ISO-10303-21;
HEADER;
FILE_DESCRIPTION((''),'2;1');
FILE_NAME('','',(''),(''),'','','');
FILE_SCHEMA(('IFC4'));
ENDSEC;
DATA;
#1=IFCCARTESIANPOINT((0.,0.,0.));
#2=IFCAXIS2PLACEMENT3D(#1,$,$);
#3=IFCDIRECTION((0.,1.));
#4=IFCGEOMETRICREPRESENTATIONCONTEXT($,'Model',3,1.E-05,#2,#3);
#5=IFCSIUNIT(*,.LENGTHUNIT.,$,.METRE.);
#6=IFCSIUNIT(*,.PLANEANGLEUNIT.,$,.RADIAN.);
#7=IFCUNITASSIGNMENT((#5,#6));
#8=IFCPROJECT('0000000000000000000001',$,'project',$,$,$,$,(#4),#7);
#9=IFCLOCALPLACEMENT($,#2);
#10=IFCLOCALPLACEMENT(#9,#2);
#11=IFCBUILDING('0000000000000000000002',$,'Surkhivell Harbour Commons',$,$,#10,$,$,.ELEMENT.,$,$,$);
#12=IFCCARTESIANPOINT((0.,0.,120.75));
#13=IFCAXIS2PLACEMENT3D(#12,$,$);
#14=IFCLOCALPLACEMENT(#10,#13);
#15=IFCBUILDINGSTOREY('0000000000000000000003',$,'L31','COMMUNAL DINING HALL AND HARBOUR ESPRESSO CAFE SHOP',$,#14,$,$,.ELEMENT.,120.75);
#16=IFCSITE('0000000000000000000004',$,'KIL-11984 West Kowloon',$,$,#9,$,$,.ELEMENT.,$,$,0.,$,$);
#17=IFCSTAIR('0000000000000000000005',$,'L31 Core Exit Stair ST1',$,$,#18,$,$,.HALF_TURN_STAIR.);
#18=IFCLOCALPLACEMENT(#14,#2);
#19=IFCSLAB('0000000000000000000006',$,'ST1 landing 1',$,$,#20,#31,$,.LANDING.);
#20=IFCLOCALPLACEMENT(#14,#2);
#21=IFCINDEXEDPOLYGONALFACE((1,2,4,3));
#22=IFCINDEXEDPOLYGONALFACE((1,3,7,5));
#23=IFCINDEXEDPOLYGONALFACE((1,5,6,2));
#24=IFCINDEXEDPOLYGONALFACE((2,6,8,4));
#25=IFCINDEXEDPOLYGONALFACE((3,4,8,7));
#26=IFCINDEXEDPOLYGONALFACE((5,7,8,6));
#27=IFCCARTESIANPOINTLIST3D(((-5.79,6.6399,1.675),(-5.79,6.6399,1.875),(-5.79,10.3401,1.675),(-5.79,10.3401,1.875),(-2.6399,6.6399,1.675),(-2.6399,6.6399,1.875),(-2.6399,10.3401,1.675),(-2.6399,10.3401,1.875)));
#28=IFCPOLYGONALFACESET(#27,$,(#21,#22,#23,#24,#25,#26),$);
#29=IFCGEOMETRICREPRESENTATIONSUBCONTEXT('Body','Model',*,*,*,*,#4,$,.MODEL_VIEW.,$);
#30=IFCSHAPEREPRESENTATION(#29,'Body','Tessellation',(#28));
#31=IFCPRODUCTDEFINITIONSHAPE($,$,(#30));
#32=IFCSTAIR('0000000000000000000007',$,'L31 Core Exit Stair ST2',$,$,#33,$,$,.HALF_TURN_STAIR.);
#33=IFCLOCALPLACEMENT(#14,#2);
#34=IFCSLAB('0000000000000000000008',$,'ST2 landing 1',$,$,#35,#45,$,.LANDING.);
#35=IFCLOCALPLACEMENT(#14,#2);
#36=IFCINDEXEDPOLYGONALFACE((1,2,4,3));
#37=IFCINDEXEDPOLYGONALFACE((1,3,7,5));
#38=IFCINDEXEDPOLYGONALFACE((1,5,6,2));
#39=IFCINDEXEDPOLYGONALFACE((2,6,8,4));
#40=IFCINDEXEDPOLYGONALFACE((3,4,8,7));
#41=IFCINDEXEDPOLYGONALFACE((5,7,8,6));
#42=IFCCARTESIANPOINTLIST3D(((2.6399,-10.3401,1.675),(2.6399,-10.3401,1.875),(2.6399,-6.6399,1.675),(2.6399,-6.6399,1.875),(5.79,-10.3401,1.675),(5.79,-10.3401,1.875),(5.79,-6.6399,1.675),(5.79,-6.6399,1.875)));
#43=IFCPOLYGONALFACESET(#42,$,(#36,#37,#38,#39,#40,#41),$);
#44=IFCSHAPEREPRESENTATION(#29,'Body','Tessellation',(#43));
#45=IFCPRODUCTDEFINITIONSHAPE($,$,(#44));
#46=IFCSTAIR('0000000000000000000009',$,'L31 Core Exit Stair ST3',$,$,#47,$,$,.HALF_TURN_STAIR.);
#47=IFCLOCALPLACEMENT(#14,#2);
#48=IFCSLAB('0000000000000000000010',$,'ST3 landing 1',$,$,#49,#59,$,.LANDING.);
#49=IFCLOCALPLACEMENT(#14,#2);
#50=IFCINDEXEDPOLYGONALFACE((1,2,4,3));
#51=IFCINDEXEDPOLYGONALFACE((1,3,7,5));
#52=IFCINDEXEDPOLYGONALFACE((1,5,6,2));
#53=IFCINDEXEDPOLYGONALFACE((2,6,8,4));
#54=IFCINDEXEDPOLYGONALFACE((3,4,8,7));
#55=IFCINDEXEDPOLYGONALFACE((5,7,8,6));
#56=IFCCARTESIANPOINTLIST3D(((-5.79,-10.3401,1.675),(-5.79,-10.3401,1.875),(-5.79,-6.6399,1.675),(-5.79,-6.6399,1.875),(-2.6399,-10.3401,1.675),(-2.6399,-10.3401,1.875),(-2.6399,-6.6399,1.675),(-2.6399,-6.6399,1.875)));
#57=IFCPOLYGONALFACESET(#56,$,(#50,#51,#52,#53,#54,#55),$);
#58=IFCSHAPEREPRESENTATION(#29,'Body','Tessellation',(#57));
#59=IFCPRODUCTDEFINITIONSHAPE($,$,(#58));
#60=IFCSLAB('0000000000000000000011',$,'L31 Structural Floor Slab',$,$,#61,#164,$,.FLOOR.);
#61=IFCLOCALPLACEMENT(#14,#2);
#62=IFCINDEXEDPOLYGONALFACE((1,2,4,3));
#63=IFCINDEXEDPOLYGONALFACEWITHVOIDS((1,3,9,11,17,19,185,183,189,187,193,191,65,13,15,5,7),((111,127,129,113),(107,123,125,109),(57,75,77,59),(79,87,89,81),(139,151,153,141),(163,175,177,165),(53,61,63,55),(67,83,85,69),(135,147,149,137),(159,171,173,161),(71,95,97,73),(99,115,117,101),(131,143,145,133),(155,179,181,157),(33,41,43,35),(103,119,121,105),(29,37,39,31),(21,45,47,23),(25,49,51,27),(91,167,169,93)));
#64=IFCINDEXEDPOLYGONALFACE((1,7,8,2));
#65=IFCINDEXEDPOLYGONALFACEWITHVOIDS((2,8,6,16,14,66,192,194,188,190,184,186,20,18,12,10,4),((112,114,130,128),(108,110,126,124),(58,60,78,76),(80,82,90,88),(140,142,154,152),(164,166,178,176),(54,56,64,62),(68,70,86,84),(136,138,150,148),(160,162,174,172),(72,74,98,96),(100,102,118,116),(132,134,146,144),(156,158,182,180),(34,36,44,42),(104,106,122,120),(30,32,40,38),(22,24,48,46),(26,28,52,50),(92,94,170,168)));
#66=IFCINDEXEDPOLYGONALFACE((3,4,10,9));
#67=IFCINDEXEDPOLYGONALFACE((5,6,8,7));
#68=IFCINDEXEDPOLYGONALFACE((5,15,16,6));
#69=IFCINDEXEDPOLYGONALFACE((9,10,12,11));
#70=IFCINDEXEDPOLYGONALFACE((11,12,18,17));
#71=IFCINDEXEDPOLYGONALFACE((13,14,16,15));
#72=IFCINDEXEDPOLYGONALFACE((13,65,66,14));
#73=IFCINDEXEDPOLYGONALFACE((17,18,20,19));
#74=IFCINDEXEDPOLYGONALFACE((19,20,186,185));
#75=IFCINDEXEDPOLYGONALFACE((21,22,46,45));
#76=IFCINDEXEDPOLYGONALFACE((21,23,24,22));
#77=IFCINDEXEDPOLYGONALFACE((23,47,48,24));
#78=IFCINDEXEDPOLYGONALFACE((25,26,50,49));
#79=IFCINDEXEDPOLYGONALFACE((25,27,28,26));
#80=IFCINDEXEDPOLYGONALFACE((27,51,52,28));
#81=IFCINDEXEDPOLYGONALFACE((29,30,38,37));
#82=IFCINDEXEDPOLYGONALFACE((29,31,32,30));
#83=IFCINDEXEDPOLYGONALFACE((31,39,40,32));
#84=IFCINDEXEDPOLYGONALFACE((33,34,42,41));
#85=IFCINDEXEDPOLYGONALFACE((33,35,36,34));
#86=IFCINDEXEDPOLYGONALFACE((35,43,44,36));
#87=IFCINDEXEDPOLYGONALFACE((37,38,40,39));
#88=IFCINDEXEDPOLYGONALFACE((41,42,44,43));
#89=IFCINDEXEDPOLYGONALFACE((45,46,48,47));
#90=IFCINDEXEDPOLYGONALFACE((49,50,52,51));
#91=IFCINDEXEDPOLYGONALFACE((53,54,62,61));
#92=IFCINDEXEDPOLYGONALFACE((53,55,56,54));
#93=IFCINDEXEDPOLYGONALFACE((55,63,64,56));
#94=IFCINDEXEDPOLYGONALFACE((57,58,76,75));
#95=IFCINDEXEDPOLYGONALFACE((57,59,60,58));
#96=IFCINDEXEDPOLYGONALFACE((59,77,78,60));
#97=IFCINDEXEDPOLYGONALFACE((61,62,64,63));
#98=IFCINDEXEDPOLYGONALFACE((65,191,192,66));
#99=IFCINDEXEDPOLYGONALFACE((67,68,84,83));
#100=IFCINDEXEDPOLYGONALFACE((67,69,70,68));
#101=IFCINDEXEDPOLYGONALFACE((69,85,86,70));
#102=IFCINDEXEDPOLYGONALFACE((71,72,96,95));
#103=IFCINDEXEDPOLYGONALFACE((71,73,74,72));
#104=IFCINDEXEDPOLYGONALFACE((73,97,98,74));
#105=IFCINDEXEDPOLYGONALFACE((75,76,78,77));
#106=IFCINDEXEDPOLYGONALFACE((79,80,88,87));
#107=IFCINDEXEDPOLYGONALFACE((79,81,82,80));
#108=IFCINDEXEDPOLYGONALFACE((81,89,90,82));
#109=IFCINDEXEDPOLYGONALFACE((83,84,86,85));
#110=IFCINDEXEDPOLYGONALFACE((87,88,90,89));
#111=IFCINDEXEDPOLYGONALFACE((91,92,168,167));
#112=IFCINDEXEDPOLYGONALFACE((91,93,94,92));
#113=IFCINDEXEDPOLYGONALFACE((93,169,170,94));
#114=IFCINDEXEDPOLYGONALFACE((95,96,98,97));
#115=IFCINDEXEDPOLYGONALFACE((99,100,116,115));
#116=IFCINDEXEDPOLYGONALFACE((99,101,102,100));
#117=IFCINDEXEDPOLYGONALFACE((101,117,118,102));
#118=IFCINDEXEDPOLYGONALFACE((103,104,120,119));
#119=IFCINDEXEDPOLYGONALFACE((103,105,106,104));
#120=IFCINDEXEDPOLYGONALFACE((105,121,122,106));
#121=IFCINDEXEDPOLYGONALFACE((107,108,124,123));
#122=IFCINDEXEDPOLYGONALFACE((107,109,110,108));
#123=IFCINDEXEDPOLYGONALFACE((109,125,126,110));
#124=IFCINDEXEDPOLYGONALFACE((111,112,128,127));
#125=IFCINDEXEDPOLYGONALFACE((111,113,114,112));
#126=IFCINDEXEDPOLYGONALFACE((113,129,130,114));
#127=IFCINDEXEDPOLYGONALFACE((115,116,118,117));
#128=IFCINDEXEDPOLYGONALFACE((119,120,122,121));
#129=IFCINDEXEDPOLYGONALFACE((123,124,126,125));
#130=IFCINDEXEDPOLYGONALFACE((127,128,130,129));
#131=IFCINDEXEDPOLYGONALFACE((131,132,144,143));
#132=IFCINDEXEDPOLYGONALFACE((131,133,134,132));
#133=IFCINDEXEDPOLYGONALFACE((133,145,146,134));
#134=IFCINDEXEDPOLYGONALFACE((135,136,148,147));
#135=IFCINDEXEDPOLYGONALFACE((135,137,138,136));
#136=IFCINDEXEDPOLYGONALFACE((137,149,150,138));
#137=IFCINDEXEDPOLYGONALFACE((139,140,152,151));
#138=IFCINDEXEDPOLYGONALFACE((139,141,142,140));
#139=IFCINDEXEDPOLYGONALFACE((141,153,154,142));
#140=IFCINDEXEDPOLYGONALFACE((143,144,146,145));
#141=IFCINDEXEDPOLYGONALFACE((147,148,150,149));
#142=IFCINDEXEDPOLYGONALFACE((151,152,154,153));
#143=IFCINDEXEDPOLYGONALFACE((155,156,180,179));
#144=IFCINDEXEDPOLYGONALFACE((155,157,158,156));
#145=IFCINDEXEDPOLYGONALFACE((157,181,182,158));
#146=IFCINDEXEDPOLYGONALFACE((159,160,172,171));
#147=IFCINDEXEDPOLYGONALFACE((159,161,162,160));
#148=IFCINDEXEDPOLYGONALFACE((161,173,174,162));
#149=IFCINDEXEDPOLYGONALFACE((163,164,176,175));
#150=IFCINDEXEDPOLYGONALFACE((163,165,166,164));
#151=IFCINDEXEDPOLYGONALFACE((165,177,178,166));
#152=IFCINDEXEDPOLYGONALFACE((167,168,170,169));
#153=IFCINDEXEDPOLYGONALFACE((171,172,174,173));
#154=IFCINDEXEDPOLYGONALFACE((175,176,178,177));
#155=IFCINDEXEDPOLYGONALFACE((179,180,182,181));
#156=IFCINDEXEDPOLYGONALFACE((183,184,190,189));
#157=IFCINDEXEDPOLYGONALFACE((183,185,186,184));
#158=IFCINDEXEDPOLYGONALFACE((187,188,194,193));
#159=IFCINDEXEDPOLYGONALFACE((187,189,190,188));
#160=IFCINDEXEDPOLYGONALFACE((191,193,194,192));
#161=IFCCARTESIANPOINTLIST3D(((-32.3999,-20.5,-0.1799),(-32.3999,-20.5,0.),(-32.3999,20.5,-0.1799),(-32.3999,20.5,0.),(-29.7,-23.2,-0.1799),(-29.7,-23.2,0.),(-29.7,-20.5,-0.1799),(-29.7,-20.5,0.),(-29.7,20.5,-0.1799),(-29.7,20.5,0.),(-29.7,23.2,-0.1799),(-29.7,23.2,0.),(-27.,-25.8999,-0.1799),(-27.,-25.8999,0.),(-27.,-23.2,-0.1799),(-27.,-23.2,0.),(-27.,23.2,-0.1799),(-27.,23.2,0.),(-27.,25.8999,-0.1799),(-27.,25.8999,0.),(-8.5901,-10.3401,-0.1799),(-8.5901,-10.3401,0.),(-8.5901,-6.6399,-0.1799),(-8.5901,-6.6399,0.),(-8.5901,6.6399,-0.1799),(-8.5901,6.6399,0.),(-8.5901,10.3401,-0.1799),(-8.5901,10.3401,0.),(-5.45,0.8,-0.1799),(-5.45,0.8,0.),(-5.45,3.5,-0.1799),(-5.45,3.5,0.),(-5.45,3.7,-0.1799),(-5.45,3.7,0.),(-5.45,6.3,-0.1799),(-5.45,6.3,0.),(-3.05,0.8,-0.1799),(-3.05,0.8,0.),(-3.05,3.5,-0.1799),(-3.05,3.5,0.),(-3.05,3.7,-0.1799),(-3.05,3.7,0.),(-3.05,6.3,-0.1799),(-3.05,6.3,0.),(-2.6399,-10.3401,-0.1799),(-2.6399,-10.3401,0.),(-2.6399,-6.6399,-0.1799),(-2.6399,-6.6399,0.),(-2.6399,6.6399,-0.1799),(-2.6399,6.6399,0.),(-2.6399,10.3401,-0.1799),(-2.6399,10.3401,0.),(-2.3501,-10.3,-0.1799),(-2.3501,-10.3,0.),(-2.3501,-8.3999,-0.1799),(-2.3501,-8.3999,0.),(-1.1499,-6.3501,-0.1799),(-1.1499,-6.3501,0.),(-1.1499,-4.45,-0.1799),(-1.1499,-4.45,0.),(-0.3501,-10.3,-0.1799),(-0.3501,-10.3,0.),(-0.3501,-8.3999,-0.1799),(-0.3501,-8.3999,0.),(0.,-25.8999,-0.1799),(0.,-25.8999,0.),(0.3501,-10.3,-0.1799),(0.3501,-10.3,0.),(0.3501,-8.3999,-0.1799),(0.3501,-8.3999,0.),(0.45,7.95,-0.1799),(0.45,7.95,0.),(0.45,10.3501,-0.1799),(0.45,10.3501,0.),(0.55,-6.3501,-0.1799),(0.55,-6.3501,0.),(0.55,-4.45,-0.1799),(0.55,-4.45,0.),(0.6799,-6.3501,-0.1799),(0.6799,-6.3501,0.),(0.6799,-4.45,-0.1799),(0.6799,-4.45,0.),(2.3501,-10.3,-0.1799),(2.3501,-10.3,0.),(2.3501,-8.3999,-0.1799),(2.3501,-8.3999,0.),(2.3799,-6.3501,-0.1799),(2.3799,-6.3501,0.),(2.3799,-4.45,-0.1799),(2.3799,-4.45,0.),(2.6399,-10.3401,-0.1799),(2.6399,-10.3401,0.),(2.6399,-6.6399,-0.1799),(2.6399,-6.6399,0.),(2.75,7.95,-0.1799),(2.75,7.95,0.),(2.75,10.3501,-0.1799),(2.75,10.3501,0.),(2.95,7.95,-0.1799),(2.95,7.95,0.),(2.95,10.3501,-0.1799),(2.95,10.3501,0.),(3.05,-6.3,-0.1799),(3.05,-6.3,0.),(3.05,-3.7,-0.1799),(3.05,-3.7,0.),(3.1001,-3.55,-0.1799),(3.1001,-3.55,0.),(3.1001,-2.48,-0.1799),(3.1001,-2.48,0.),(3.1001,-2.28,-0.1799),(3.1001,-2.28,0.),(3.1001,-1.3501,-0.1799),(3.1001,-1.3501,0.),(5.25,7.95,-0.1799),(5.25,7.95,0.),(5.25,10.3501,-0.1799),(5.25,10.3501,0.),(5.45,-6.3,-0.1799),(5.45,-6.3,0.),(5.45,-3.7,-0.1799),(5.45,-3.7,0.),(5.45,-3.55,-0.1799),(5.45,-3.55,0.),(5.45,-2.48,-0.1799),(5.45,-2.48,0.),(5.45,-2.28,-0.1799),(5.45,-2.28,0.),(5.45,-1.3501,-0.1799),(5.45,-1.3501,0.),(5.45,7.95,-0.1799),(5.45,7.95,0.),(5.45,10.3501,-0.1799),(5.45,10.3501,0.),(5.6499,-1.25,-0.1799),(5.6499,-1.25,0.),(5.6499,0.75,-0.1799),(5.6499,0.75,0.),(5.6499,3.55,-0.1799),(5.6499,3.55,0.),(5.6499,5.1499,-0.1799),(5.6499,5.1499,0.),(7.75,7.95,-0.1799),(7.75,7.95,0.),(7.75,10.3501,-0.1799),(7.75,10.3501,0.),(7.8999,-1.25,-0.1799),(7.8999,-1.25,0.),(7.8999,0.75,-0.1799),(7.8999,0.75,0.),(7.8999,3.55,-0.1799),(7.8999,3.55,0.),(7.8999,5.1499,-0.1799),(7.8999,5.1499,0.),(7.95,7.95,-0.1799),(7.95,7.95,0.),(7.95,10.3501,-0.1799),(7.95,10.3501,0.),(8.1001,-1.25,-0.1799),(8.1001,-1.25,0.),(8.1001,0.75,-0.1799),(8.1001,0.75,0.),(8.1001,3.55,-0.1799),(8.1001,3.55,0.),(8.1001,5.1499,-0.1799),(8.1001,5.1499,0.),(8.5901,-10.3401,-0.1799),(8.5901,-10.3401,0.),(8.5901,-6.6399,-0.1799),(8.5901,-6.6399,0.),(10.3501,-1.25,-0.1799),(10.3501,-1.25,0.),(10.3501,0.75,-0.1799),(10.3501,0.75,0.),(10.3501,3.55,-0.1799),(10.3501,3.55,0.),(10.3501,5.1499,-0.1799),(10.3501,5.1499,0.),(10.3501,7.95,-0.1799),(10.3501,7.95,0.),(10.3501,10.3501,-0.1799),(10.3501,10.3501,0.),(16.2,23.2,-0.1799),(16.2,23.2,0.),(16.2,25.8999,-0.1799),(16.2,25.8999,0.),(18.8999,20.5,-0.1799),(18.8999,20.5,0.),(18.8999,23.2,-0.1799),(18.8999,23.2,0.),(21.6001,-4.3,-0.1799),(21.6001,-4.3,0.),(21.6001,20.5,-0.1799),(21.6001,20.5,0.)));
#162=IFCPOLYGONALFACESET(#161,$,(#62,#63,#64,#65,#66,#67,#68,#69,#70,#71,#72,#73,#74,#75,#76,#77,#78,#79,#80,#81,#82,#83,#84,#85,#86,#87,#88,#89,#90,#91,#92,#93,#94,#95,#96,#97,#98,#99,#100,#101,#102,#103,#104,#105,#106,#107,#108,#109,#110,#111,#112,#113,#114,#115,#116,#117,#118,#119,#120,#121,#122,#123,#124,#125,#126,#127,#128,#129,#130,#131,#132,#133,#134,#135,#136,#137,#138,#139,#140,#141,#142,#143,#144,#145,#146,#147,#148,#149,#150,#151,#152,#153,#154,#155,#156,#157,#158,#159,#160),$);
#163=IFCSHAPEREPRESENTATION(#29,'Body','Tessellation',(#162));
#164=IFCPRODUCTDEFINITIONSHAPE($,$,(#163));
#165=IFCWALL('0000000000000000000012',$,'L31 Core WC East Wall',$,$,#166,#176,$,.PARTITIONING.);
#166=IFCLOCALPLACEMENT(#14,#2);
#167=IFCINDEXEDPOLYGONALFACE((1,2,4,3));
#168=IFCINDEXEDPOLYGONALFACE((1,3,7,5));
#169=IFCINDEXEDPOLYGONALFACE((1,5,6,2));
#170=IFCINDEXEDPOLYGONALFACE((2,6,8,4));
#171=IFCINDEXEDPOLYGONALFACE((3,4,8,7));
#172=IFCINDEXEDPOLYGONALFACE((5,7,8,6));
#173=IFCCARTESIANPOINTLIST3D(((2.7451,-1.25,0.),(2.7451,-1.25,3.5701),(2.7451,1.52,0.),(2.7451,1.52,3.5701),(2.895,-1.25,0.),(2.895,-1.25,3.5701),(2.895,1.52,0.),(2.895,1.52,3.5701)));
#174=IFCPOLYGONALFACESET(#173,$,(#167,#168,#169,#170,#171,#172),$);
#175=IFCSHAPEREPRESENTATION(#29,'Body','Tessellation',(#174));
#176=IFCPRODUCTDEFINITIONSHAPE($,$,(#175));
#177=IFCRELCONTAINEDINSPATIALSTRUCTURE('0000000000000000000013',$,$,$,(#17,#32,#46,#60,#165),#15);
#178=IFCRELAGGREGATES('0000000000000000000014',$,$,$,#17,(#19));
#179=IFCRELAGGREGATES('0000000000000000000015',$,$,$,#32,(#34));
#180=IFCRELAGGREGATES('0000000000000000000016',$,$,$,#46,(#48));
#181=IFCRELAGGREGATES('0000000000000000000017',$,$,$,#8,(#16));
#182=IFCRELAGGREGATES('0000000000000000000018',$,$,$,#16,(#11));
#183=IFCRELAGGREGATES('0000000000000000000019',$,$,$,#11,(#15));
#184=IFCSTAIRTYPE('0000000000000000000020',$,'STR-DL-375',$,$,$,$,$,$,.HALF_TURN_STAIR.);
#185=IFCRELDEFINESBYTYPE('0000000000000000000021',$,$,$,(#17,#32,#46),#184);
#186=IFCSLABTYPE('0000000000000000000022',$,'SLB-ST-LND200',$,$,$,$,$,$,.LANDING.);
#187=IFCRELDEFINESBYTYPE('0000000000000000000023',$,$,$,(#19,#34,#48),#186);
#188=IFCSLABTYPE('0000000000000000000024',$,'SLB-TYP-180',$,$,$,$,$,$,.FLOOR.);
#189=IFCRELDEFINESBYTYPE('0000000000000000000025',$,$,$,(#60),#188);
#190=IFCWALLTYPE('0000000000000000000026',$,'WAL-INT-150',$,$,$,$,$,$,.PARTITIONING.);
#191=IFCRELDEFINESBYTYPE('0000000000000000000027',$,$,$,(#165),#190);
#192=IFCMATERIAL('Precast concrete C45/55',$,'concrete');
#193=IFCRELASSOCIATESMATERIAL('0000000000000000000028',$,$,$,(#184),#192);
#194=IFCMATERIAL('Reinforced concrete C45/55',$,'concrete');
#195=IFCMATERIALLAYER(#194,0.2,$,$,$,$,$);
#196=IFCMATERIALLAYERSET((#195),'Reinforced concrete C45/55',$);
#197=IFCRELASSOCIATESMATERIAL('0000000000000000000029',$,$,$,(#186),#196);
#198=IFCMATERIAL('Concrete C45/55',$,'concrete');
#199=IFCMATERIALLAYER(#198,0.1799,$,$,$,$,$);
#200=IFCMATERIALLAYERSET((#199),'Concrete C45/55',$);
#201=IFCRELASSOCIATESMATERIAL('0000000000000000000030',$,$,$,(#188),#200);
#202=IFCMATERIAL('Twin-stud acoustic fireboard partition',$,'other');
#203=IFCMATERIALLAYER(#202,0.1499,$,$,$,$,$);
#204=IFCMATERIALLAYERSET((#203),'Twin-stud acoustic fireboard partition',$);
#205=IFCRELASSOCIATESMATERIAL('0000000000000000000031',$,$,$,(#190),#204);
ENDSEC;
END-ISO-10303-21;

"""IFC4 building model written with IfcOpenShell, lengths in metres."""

from ifc_helpers import new_model, si_unit, direction, frame, frame_2d, origin, place, context, subcontext, project, spatial, polyline, rectangle, outline, extrude, material, layer, layer_set, type_object, element, aggregate, save


model = new_model("IFC4")

# Units and contexts
model_context = context("Model", 3, precision=1e-05, world=origin(), true_north=direction((0.0, 1.0)))
body_context = subcontext(model_context, "Body", "Model", "MODEL_VIEW")
ifc_project = project(units=[si_unit("LENGTHUNIT", "METRE"), si_unit("PLANEANGLEUNIT", "RADIAN")], contexts=[model_context])

# Site, building, storey
site_placement = place(None, origin())
site = spatial("IfcSite", under=ifc_project, at=site_placement, Name="KIL-11984 West Kowloon", CompositionType="ELEMENT", RefElevation=0.0)
building_placement = place(site_placement, origin())
building = spatial("IfcBuilding", under=site, at=building_placement, Name="Surkhivell Harbour Commons", CompositionType="ELEMENT")
storey_placement = place(building_placement, frame((0.0, 0.0, 120.75)))
storey = spatial("IfcBuildingStorey", under=building, at=storey_placement, Name="L31", Description="COMMUNAL DINING HALL AND HARBOUR ESPRESSO CAFE SHOP", CompositionType="ELEMENT", Elevation=120.75)

# Stairs, slabs
ifc_material_1 = material(Name="Precast concrete C45/55", Category="concrete")
stair_type = type_object("IfcStairType", Name="STR-DL-375", PredefinedType="HALF_TURN_STAIR", material=ifc_material_1)
stair_1_placement = place(storey_placement, origin())
stair_1 = element("IfcStair", 1, at=stair_1_placement, inside=storey, type_object=stair_type, Name="L31 Core Exit Stair ST1", PredefinedType="HALF_TURN_STAIR")
ifc_material_2 = material(Name="Reinforced concrete C45/55", Category="concrete")
ifc_layer_1 = layer(ifc_material_2, 0.2)
ifc_layer_set_1 = layer_set([ifc_layer_1], Name="Reinforced concrete C45/55")
slab_type_1 = type_object("IfcSlabType", Name="SLB-ST-LND200", PredefinedType="LANDING", material=ifc_layer_set_1)
slab_1_placement = place(storey_placement, frame((0.0, 0.0, 1.675)))
slab_1 = element("IfcSlab", 2, at=slab_1_placement, type_object=slab_type_1, Name="ST1 landing 1", PredefinedType="LANDING", context=body_context, shape_type="SweptSolid", body=[
    extrude(outline(polyline([(-5.79, 6.6399), (-2.6399, 6.6399), (-2.6399, 10.3401), (-5.79, 10.3401), (-5.79, 6.6399)])), origin(), (0.0, 0.0, 1.0), 0.2),
])
aggregate(stair_1, [slab_1])
stair_2_placement = place(storey_placement, origin())
stair_2 = element("IfcStair", 3, at=stair_2_placement, inside=storey, type_object=stair_type, Name="L31 Core Exit Stair ST2", PredefinedType="HALF_TURN_STAIR")
slab_2_placement = place(storey_placement, frame((0.0, 0.0, 1.675)))
slab_2 = element("IfcSlab", 4, at=slab_2_placement, type_object=slab_type_1, Name="ST2 landing 1", PredefinedType="LANDING", context=body_context, shape_type="SweptSolid", body=[
    extrude(outline(polyline([(5.79, -6.6399), (2.6399, -6.6399), (2.6399, -10.3401), (5.79, -10.3401), (5.79, -6.6399)])), origin(), (0.0, 0.0, 1.0), 0.2),
])
aggregate(stair_2, [slab_2])
stair_3_placement = place(storey_placement, origin())
stair_3 = element("IfcStair", 5, at=stair_3_placement, inside=storey, type_object=stair_type, Name="L31 Core Exit Stair ST3", PredefinedType="HALF_TURN_STAIR")
slab_3_placement = place(storey_placement, frame((0.0, 0.0, 1.675)))
slab_3 = element("IfcSlab", 6, at=slab_3_placement, type_object=slab_type_1, Name="ST3 landing 1", PredefinedType="LANDING", context=body_context, shape_type="SweptSolid", body=[
    extrude(outline(polyline([(-5.79, -10.3401), (-2.6399, -10.3401), (-2.6399, -6.6399), (-5.79, -6.6399), (-5.79, -10.3401)])), origin(), (0.0, 0.0, 1.0), 0.2),
])
aggregate(stair_3, [slab_3])

# Slab
ifc_material_3 = material(Name="Concrete C45/55", Category="concrete")
ifc_layer_2 = layer(ifc_material_3, 0.1799)
ifc_layer_set_2 = layer_set([ifc_layer_2], Name="Concrete C45/55")
slab_type_2 = type_object("IfcSlabType", Name="SLB-TYP-180", PredefinedType="FLOOR", material=ifc_layer_set_2)
slab_4_placement = place(storey_placement, frame((0.0, 0.0, -0.1799)))
element("IfcSlab", 7, at=slab_4_placement, inside=storey, type_object=slab_type_2, Name="L31 Structural Floor Slab", PredefinedType="FLOOR", context=body_context, shape_type="SweptSolid", body=[
    extrude(outline(polyline([(-27.0, -25.8999), (0.0, -25.8999), (21.6001, -4.3), (21.6001, 20.5), (18.8999, 20.5), (18.8999, 23.2), (16.2, 23.2), (16.2, 25.8999), (-27.0, 25.8999), (-27.0, 23.2), (-29.7, 23.2), (-29.7, 20.5), (-32.3999, 20.5), (-32.3999, -20.5), (-29.7, -20.5), (-29.7, -23.2), (-27.0, -23.2), (-27.0, -25.8999)]), holes=[polyline([(-8.5901, 6.6399), (-2.6399, 6.6399), (-2.6399, 10.3401), (-8.5901, 10.3401), (-8.5901, 6.6399)]), polyline([(8.5901, -6.6399), (2.6399, -6.6399), (2.6399, -10.3401), (8.5901, -10.3401), (8.5901, -6.6399)]), polyline([(-8.5901, -10.3401), (-2.6399, -10.3401), (-2.6399, -6.6399), (-8.5901, -6.6399), (-8.5901, -10.3401)]), polyline([(0.45, 7.95), (2.75, 7.95), (2.75, 10.3501), (0.45, 10.3501), (0.45, 7.95)]), polyline([(2.95, 7.95), (5.25, 7.95), (5.25, 10.3501), (2.95, 10.3501), (2.95, 7.95)]), polyline([(5.45, 7.95), (7.75, 7.95), (7.75, 10.3501), (5.45, 10.3501), (5.45, 7.95)]), polyline([(7.95, 7.95), (10.3501, 7.95), (10.3501, 10.3501), (7.95, 10.3501), (7.95, 7.95)]), polyline([(5.6499, 3.55), (7.8999, 3.55), (7.8999, 5.1499), (5.6499, 5.1499), (5.6499, 3.55)]), polyline([(8.1001, 3.55), (10.3501, 3.55), (10.3501, 5.1499), (8.1001, 5.1499), (8.1001, 3.55)]), polyline([(5.6499, -1.25), (7.8999, -1.25), (7.8999, 0.75), (5.6499, 0.75), (5.6499, -1.25)]), polyline([(8.1001, -1.25), (10.3501, -1.25), (10.3501, 0.75), (8.1001, 0.75), (8.1001, -1.25)]), polyline([(-1.1499, -6.3501), (0.55, -6.3501), (0.55, -4.45), (-1.1499, -4.45), (-1.1499, -6.3501)]), polyline([(0.6799, -6.3501), (2.3799, -6.3501), (2.3799, -4.45), (0.6799, -4.45), (0.6799, -6.3501)]), polyline([(-2.3501, -10.3), (-0.3501, -10.3), (-0.3501, -8.3999), (-2.3501, -8.3999), (-2.3501, -10.3)]), polyline([(0.3501, -10.3), (2.3501, -10.3), (2.3501, -8.3999), (0.3501, -8.3999), (0.3501, -10.3)]), polyline([(-5.45, 3.7), (-3.05, 3.7), (-3.05, 6.3), (-5.45, 6.3), (-5.45, 3.7)]), polyline([(3.05, -6.3), (5.45, -6.3), (5.45, -3.7), (3.05, -3.7), (3.05, -6.3)]), polyline([(-5.45, 0.8), (-3.05, 0.8), (-3.05, 3.5), (-5.45, 3.5), (-5.45, 0.8)]), polyline([(3.1001, -3.55), (5.45, -3.55), (5.45, -2.48), (3.1001, -2.48), (3.1001, -3.55)]), polyline([(3.1001, -2.28), (5.45, -2.28), (5.45, -1.3501), (3.1001, -1.3501), (3.1001, -2.28)])]), origin(), (0.0, 0.0, 1.0), 0.1799),
])

# Wall
ifc_material_4 = material(Name="Twin-stud acoustic fireboard partition", Category="other")
ifc_layer_3 = layer(ifc_material_4, 0.1499)
ifc_layer_set_3 = layer_set([ifc_layer_3], Name="Twin-stud acoustic fireboard partition")
wall_type_1 = type_object("IfcWallType", Name="WAL-INT-150", PredefinedType="PARTITIONING", material=ifc_layer_set_3)
wall_1_placement = place(storey_placement, frame((2.8201, -1.25, 0.0), z_axis=(0.0, 0.0, 1.0), x_axis=(0.0, 1.0, 0.0)))
element("IfcWall", 8, at=wall_1_placement, inside=storey, type_object=wall_type_1, Name="L31 Core WC East Wall", PredefinedType="PARTITIONING", context=body_context, shape_type="SweptSolid", body=[
    extrude(rectangle(XDim=2.77, YDim=0.1499, at=frame_2d((1.385, 0.0))), origin(), (0.0, 0.0, 1.0), 3.5701),
])

save(model, "model.ifc")
